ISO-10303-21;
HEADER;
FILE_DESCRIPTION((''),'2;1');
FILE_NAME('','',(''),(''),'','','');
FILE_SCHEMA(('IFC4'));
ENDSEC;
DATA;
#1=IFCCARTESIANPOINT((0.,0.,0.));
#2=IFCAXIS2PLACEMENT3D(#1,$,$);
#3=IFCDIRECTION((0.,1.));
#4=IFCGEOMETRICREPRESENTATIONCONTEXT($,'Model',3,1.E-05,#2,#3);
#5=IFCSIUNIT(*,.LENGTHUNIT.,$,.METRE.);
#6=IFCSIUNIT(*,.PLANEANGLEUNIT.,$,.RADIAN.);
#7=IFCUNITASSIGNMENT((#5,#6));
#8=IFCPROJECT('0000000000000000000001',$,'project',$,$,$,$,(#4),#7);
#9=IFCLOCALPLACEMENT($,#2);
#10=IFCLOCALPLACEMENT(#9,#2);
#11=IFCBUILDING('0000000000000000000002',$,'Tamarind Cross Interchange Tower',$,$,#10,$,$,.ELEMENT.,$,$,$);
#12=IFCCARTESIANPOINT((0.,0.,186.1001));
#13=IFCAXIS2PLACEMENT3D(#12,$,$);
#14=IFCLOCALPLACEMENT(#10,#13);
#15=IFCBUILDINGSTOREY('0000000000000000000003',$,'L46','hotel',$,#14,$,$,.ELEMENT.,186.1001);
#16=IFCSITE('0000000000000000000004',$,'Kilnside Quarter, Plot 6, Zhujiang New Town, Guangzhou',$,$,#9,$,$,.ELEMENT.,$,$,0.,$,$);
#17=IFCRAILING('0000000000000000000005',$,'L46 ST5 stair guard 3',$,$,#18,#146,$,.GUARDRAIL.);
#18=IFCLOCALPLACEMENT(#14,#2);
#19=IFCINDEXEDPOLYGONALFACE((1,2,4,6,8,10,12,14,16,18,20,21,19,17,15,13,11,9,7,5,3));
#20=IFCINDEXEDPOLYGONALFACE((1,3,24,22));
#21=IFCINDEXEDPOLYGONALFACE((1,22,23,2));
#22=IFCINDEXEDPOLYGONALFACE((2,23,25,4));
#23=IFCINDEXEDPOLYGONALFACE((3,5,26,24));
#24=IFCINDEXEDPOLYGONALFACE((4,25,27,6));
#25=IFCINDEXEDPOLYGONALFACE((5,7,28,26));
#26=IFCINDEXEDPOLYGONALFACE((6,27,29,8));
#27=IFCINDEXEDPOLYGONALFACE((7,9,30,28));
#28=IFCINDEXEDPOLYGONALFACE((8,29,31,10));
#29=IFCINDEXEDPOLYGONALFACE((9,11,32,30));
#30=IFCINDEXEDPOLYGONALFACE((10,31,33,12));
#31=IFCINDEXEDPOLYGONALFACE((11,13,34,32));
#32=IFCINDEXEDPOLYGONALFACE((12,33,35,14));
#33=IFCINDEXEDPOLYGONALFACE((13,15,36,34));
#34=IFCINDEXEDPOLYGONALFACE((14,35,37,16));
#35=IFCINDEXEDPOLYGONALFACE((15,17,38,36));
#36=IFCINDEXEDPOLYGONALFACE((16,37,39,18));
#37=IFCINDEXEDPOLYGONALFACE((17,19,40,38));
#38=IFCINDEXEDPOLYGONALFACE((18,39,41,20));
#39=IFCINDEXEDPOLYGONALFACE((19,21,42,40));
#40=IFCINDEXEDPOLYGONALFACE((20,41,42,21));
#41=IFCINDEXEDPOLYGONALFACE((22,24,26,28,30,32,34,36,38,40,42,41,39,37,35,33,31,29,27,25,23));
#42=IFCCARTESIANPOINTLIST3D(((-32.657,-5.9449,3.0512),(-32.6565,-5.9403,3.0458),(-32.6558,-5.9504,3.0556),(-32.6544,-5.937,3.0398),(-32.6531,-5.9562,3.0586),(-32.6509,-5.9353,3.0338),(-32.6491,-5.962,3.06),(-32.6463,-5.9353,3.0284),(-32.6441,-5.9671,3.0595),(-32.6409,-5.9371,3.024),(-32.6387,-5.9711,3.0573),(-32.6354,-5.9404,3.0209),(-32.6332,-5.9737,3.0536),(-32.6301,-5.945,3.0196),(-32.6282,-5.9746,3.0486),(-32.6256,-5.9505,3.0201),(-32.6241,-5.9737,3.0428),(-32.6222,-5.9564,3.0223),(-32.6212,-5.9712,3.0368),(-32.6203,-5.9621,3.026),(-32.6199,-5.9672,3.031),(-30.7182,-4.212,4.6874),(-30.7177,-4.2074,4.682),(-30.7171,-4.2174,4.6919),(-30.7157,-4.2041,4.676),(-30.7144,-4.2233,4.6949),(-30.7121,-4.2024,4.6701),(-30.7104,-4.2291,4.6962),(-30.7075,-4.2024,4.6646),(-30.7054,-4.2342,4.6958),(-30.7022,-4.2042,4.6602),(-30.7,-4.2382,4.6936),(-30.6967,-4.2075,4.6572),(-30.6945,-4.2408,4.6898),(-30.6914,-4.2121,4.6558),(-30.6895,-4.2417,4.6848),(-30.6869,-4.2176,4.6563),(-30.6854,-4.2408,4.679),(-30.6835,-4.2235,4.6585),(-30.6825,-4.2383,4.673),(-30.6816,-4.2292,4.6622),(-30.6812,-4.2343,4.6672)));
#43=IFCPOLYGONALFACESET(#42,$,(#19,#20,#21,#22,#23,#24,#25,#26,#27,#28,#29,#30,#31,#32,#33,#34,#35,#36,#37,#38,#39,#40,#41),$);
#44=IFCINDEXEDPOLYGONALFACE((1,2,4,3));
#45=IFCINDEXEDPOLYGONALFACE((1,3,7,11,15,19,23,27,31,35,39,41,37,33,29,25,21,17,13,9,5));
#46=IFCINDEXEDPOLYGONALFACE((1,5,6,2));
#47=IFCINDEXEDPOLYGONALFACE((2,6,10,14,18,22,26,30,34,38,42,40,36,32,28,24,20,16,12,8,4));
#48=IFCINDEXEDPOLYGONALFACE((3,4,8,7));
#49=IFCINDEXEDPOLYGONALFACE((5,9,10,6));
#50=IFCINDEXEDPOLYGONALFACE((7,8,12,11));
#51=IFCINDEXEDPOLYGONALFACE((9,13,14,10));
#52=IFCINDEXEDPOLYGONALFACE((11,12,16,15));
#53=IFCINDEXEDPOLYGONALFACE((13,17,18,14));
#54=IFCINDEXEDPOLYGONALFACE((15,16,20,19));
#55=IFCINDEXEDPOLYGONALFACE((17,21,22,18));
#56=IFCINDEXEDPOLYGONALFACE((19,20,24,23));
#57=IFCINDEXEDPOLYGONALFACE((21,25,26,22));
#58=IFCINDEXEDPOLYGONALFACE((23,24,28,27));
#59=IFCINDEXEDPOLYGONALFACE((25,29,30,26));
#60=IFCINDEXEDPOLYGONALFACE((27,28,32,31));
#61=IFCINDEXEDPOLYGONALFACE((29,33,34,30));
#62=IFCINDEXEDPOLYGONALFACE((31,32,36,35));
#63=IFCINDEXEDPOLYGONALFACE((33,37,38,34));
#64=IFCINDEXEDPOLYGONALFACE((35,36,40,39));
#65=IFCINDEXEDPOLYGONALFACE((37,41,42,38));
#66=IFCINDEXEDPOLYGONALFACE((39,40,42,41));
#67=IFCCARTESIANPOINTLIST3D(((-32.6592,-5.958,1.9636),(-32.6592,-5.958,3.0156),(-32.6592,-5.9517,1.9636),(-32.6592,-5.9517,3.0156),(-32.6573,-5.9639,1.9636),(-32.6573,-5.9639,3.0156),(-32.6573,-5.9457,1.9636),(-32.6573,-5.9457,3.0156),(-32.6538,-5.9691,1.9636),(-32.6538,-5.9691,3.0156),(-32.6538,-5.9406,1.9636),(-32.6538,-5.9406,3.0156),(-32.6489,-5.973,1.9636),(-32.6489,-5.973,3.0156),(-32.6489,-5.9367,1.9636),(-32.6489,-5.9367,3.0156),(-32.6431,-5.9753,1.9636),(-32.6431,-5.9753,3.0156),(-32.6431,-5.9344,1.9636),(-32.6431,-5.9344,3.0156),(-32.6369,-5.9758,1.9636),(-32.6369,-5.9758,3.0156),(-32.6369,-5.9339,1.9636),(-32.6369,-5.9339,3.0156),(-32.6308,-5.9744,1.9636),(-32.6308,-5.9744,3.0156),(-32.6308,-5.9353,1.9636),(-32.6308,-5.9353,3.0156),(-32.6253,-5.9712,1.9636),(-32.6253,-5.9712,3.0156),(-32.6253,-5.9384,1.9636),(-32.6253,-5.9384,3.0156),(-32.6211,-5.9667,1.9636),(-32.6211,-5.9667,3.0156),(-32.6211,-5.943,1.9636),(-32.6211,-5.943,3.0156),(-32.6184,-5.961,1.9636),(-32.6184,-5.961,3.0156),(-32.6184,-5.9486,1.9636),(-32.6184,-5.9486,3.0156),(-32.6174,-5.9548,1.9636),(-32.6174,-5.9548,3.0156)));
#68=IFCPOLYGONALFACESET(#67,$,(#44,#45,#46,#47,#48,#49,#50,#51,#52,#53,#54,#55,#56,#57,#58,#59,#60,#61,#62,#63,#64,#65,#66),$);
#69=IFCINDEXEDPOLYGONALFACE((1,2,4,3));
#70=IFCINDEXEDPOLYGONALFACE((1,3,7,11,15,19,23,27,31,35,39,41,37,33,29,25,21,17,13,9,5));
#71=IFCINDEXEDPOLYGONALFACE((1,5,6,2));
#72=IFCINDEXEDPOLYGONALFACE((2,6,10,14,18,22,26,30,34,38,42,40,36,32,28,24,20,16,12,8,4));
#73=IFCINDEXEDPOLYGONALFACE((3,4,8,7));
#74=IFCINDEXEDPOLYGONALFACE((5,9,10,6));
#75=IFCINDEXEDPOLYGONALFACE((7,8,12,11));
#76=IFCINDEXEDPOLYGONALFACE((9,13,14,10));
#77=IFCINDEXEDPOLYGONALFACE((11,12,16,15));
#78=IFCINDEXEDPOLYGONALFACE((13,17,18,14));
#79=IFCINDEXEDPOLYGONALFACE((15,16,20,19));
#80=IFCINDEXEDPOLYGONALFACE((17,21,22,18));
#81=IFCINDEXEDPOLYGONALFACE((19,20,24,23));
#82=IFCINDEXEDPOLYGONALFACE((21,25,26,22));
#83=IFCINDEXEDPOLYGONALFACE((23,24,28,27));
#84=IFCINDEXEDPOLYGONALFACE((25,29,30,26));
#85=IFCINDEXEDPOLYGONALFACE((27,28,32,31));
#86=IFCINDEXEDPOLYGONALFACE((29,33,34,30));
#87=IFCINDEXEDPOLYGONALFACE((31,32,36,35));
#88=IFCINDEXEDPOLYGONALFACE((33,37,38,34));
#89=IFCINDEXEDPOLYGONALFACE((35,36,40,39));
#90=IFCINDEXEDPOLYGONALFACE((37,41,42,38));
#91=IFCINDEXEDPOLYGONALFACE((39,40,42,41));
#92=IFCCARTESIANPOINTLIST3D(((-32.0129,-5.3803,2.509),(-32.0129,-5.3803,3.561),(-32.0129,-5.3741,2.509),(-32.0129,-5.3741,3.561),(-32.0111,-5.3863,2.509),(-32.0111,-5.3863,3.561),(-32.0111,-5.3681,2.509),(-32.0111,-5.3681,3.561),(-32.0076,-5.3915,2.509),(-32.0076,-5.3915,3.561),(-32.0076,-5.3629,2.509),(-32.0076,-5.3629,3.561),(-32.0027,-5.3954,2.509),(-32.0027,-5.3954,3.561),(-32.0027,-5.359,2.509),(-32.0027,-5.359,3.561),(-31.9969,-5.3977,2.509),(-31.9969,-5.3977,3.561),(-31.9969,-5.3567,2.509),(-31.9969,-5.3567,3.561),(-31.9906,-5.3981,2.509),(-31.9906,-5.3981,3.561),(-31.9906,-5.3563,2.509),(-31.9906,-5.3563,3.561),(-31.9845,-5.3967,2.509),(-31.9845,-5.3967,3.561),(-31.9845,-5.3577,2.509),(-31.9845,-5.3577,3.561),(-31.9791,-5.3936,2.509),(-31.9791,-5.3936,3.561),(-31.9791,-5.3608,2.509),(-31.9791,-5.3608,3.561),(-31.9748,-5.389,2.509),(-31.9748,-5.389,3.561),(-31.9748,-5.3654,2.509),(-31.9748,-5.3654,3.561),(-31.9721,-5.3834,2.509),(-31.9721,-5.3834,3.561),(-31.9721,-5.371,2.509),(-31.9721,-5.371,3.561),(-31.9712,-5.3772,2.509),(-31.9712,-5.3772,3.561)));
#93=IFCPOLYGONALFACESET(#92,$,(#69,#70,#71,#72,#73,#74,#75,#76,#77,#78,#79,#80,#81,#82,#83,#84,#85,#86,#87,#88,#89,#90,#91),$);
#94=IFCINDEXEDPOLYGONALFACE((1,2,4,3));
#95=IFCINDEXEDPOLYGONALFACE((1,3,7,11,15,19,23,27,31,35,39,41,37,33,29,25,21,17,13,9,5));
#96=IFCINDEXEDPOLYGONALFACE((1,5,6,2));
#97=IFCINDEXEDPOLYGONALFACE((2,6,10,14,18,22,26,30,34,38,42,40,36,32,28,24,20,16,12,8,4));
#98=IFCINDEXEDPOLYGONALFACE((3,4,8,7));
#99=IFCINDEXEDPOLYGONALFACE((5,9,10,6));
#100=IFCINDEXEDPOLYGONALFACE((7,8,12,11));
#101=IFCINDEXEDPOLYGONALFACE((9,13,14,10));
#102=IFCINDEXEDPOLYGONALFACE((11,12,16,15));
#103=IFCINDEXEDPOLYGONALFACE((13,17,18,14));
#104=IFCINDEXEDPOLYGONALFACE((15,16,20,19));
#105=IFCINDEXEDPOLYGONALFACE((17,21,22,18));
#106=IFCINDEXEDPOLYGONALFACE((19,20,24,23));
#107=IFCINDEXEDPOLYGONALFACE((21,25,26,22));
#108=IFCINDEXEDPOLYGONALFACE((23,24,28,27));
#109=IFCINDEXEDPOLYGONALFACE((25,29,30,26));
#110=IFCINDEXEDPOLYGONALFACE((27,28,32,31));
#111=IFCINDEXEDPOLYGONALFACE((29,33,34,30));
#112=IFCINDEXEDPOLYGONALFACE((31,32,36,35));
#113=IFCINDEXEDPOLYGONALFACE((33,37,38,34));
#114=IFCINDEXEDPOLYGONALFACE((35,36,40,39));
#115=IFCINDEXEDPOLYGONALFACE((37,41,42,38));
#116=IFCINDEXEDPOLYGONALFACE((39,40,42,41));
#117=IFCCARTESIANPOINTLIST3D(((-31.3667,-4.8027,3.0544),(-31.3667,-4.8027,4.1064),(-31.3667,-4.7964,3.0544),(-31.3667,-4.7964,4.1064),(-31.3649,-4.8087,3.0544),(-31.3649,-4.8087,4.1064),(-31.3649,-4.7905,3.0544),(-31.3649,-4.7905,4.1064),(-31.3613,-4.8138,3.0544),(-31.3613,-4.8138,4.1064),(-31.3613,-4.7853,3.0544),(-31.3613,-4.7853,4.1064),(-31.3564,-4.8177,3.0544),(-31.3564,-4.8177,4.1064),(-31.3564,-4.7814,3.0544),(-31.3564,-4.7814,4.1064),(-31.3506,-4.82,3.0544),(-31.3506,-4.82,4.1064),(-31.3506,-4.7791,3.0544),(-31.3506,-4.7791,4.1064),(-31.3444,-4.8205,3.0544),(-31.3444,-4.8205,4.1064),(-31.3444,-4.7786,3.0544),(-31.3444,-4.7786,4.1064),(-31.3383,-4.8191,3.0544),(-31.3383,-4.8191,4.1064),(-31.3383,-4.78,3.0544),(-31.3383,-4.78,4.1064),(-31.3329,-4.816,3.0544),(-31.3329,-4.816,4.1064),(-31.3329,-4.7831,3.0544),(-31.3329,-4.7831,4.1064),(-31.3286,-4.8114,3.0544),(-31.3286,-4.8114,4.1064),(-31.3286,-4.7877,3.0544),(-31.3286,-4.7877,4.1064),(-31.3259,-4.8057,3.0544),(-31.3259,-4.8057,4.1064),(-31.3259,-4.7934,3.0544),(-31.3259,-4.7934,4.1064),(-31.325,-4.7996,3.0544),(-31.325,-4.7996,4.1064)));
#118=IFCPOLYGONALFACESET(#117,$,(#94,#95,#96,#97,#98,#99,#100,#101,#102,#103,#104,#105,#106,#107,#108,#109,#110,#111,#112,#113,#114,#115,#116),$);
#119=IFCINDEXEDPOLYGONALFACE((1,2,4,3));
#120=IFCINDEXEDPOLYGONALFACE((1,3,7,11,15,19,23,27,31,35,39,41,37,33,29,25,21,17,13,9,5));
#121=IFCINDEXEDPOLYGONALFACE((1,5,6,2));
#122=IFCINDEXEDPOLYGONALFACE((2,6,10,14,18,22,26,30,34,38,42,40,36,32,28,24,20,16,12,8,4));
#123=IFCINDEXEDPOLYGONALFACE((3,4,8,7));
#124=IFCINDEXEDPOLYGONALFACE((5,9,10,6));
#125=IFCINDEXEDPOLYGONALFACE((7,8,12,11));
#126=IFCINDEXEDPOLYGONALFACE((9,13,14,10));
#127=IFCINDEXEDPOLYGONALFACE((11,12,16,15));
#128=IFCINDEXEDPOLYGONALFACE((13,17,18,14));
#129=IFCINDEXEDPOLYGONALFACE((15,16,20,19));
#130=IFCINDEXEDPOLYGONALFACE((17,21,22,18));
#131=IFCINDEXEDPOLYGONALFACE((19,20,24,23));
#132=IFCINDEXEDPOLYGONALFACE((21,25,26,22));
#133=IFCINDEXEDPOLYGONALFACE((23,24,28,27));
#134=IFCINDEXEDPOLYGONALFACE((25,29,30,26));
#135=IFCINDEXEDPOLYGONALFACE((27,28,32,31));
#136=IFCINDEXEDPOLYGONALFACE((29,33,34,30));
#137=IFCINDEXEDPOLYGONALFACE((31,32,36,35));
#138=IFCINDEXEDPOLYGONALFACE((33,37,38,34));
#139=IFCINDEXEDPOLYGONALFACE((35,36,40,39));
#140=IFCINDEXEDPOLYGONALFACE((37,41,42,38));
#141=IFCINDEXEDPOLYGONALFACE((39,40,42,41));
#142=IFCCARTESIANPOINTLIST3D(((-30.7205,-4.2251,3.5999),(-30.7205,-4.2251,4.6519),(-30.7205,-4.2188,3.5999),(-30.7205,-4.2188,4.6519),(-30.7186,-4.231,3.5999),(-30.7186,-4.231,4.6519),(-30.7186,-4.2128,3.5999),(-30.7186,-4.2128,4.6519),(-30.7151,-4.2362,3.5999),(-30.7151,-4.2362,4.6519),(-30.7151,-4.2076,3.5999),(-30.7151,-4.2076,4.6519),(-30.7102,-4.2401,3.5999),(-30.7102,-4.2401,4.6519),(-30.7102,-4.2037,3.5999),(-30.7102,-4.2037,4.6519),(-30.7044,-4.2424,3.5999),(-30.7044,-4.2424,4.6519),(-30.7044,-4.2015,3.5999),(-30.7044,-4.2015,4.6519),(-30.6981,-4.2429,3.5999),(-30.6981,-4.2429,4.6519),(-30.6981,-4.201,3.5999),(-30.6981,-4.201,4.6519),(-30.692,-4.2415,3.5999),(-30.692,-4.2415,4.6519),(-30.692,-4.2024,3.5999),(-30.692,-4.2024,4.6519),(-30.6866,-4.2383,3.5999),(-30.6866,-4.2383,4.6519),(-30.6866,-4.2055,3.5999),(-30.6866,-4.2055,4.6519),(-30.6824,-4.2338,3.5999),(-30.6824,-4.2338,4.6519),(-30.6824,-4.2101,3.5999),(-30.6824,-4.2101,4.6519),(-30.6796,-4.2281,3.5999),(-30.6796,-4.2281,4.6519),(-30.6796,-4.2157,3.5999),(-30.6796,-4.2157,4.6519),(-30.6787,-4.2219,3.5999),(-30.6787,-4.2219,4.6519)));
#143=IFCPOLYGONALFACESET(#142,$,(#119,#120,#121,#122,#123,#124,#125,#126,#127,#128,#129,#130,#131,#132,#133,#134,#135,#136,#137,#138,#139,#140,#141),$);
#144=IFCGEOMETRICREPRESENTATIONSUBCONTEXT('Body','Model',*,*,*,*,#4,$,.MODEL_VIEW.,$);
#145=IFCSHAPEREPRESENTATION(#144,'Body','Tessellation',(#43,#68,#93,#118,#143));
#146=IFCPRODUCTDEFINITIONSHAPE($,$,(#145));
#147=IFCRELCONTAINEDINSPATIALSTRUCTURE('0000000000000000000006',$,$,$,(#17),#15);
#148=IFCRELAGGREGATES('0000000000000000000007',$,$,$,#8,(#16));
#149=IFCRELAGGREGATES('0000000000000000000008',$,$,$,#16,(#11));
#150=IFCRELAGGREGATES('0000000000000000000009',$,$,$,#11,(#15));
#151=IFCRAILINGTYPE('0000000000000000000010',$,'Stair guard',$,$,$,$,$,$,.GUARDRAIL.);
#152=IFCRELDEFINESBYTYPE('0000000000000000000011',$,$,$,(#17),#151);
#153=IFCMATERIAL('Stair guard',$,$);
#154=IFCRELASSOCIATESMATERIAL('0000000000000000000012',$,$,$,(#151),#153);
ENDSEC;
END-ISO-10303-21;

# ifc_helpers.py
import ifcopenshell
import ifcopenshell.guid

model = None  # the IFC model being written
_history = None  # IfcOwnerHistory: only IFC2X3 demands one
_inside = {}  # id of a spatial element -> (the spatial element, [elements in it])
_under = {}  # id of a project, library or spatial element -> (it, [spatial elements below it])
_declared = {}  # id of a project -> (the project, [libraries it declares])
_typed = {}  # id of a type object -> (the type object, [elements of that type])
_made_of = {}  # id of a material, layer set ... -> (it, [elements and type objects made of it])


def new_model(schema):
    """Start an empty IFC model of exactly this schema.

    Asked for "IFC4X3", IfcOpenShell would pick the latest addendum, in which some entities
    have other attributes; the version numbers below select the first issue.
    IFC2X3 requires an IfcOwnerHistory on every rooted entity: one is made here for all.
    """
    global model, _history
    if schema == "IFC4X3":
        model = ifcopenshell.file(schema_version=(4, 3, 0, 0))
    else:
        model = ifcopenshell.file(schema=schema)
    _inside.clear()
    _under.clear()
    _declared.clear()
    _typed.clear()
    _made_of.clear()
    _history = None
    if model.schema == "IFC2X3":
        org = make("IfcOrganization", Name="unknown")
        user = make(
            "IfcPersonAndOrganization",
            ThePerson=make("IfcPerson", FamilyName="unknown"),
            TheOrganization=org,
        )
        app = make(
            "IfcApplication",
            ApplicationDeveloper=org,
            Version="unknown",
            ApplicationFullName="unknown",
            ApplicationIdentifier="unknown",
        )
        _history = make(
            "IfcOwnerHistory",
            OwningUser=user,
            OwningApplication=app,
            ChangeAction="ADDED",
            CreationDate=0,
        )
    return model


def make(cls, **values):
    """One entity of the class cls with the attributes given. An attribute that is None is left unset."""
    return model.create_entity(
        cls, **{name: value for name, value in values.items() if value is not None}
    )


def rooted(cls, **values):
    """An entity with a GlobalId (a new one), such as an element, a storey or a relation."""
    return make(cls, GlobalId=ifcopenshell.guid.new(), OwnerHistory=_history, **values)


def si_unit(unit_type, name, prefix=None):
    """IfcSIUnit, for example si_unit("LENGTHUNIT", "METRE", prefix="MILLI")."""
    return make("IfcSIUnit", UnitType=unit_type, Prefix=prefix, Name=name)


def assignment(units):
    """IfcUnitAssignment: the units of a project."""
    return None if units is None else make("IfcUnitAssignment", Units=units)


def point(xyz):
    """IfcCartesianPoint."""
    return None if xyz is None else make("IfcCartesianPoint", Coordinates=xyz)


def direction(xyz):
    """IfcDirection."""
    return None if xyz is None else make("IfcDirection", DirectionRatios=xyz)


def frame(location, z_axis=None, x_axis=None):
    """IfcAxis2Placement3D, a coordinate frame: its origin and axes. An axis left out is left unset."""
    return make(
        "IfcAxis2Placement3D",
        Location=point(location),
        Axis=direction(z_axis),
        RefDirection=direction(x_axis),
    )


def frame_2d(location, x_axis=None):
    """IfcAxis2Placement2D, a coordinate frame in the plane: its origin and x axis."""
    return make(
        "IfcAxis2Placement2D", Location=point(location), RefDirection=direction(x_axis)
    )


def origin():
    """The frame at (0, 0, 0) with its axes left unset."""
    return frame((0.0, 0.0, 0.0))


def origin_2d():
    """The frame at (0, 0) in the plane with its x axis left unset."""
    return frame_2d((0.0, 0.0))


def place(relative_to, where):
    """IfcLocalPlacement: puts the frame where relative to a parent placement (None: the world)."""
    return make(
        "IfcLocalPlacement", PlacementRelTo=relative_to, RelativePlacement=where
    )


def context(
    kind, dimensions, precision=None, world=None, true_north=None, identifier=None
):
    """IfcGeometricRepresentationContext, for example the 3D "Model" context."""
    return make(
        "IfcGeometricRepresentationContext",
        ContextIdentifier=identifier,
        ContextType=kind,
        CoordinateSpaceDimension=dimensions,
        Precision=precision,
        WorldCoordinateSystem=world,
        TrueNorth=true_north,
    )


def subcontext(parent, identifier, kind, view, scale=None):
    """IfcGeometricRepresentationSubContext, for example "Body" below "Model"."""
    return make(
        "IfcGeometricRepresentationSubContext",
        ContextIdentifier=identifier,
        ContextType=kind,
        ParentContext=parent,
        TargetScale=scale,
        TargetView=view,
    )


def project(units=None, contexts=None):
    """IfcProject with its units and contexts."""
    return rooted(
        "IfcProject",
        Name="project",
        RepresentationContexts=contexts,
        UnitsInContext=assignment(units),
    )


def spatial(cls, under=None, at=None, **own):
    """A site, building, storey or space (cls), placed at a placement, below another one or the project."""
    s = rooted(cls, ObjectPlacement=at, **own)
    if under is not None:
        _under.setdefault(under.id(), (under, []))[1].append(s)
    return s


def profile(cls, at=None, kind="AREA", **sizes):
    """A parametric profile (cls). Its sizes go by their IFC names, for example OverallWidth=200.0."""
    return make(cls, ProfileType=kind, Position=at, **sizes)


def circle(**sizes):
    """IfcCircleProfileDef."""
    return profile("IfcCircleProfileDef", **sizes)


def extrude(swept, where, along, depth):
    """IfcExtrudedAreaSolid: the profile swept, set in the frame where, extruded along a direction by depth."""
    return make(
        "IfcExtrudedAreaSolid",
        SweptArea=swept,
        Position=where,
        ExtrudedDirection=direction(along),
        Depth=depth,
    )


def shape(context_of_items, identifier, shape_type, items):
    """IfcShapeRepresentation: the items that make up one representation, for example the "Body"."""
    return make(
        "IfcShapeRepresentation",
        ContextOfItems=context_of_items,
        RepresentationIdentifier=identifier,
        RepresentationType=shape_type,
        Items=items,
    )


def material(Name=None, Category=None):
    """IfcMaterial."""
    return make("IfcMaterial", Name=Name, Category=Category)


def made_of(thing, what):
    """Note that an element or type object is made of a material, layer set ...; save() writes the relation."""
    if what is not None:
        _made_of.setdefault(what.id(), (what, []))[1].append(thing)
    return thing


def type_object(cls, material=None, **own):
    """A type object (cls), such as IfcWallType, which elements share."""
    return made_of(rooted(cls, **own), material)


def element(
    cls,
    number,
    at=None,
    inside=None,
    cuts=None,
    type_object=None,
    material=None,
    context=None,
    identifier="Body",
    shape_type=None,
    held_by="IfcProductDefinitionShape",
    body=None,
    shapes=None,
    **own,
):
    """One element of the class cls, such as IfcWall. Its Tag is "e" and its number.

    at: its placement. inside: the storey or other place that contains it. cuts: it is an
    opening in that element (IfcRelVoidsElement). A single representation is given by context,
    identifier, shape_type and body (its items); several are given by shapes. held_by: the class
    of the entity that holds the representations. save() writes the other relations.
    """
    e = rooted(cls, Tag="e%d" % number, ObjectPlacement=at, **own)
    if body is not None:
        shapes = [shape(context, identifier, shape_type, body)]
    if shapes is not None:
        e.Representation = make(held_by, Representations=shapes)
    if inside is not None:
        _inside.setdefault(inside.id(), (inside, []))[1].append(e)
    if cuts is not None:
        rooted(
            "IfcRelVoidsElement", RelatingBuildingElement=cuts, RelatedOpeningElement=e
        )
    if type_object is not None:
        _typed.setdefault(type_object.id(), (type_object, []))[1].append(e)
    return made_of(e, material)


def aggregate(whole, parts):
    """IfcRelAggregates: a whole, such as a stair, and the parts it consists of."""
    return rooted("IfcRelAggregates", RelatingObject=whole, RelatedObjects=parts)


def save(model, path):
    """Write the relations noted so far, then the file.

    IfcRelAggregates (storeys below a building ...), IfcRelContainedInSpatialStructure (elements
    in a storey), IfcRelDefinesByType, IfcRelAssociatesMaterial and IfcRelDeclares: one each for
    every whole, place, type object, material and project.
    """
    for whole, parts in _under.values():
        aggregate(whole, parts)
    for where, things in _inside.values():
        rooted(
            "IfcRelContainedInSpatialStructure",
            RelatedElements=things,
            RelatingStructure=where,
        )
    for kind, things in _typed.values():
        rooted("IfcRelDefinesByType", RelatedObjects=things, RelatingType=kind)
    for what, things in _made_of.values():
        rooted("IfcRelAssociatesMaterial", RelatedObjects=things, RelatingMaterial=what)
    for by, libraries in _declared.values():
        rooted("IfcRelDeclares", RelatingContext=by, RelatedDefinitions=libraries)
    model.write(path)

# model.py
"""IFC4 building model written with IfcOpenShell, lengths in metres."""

from ifc_helpers import new_model, si_unit, direction, frame, origin, origin_2d, place, context, subcontext, project, spatial, circle, extrude, material, type_object, element, save


model = new_model("IFC4")

# Units and contexts
model_context = context("Model", 3, precision=1e-05, world=origin(), true_north=direction((0.0, 1.0)))
body_context = subcontext(model_context, "Body", "Model", "MODEL_VIEW")
ifc_project = project(units=[si_unit("LENGTHUNIT", "METRE"), si_unit("PLANEANGLEUNIT", "RADIAN")], contexts=[model_context])

# Site, building, storey
site_placement = place(None, origin())
site = spatial("IfcSite", under=ifc_project, at=site_placement, Name="Kilnside Quarter, Plot 6, Zhujiang New Town, Guangzhou", CompositionType="ELEMENT", RefElevation=0.0)
building_placement = place(site_placement, origin())
building = spatial("IfcBuilding", under=site, at=building_placement, Name="Tamarind Cross Interchange Tower", CompositionType="ELEMENT")
storey_placement = place(building_placement, frame((0.0, 0.0, 186.1001)))
storey = spatial("IfcBuildingStorey", under=building, at=storey_placement, Name="L46", Description="hotel", CompositionType="ELEMENT", Elevation=186.1001)

# Railing
ifc_material_1 = material(Name="Stair guard")
railing_type_1 = type_object("IfcRailingType", Name="Stair guard", PredefinedType="GUARDRAIL", material=ifc_material_1)
railing_1_placement = place(storey_placement, frame((-32.6384, -5.9548, 1.9636)))
element("IfcRailing", 1, at=railing_1_placement, inside=storey, type_object=railing_type_1, Name="L46 ST5 stair guard 3", PredefinedType="GUARDRAIL", context=body_context, shape_type="SweptSolid", body=[
    extrude(circle(Radius=0.0239, at=origin_2d()), frame((0.0, 0.0, 1.0762), z_axis=(0.631038, 0.564048, 0.53258), x_axis=(-0.666424, 0.745573, 0.0)), (0.0, 0.0, 1.0), 3.0723),
    extrude(circle(Radius=0.021, at=origin_2d()), origin(), (0.0, 0.0, 1.0), 1.052),
    extrude(circle(Radius=0.021, at=origin_2d()), frame((0.6462, 0.5776, 0.5454)), (0.0, 0.0, 1.0), 1.052),
    extrude(circle(Radius=0.021, at=origin_2d()), frame((1.2925, 1.1553, 1.0908)), (0.0, 0.0, 1.0), 1.052),
    extrude(circle(Radius=0.021, at=origin_2d()), frame((1.9387, 1.7329, 1.6362)), (0.0, 0.0, 1.0), 1.052),
])

save(model, "model.ifc")
